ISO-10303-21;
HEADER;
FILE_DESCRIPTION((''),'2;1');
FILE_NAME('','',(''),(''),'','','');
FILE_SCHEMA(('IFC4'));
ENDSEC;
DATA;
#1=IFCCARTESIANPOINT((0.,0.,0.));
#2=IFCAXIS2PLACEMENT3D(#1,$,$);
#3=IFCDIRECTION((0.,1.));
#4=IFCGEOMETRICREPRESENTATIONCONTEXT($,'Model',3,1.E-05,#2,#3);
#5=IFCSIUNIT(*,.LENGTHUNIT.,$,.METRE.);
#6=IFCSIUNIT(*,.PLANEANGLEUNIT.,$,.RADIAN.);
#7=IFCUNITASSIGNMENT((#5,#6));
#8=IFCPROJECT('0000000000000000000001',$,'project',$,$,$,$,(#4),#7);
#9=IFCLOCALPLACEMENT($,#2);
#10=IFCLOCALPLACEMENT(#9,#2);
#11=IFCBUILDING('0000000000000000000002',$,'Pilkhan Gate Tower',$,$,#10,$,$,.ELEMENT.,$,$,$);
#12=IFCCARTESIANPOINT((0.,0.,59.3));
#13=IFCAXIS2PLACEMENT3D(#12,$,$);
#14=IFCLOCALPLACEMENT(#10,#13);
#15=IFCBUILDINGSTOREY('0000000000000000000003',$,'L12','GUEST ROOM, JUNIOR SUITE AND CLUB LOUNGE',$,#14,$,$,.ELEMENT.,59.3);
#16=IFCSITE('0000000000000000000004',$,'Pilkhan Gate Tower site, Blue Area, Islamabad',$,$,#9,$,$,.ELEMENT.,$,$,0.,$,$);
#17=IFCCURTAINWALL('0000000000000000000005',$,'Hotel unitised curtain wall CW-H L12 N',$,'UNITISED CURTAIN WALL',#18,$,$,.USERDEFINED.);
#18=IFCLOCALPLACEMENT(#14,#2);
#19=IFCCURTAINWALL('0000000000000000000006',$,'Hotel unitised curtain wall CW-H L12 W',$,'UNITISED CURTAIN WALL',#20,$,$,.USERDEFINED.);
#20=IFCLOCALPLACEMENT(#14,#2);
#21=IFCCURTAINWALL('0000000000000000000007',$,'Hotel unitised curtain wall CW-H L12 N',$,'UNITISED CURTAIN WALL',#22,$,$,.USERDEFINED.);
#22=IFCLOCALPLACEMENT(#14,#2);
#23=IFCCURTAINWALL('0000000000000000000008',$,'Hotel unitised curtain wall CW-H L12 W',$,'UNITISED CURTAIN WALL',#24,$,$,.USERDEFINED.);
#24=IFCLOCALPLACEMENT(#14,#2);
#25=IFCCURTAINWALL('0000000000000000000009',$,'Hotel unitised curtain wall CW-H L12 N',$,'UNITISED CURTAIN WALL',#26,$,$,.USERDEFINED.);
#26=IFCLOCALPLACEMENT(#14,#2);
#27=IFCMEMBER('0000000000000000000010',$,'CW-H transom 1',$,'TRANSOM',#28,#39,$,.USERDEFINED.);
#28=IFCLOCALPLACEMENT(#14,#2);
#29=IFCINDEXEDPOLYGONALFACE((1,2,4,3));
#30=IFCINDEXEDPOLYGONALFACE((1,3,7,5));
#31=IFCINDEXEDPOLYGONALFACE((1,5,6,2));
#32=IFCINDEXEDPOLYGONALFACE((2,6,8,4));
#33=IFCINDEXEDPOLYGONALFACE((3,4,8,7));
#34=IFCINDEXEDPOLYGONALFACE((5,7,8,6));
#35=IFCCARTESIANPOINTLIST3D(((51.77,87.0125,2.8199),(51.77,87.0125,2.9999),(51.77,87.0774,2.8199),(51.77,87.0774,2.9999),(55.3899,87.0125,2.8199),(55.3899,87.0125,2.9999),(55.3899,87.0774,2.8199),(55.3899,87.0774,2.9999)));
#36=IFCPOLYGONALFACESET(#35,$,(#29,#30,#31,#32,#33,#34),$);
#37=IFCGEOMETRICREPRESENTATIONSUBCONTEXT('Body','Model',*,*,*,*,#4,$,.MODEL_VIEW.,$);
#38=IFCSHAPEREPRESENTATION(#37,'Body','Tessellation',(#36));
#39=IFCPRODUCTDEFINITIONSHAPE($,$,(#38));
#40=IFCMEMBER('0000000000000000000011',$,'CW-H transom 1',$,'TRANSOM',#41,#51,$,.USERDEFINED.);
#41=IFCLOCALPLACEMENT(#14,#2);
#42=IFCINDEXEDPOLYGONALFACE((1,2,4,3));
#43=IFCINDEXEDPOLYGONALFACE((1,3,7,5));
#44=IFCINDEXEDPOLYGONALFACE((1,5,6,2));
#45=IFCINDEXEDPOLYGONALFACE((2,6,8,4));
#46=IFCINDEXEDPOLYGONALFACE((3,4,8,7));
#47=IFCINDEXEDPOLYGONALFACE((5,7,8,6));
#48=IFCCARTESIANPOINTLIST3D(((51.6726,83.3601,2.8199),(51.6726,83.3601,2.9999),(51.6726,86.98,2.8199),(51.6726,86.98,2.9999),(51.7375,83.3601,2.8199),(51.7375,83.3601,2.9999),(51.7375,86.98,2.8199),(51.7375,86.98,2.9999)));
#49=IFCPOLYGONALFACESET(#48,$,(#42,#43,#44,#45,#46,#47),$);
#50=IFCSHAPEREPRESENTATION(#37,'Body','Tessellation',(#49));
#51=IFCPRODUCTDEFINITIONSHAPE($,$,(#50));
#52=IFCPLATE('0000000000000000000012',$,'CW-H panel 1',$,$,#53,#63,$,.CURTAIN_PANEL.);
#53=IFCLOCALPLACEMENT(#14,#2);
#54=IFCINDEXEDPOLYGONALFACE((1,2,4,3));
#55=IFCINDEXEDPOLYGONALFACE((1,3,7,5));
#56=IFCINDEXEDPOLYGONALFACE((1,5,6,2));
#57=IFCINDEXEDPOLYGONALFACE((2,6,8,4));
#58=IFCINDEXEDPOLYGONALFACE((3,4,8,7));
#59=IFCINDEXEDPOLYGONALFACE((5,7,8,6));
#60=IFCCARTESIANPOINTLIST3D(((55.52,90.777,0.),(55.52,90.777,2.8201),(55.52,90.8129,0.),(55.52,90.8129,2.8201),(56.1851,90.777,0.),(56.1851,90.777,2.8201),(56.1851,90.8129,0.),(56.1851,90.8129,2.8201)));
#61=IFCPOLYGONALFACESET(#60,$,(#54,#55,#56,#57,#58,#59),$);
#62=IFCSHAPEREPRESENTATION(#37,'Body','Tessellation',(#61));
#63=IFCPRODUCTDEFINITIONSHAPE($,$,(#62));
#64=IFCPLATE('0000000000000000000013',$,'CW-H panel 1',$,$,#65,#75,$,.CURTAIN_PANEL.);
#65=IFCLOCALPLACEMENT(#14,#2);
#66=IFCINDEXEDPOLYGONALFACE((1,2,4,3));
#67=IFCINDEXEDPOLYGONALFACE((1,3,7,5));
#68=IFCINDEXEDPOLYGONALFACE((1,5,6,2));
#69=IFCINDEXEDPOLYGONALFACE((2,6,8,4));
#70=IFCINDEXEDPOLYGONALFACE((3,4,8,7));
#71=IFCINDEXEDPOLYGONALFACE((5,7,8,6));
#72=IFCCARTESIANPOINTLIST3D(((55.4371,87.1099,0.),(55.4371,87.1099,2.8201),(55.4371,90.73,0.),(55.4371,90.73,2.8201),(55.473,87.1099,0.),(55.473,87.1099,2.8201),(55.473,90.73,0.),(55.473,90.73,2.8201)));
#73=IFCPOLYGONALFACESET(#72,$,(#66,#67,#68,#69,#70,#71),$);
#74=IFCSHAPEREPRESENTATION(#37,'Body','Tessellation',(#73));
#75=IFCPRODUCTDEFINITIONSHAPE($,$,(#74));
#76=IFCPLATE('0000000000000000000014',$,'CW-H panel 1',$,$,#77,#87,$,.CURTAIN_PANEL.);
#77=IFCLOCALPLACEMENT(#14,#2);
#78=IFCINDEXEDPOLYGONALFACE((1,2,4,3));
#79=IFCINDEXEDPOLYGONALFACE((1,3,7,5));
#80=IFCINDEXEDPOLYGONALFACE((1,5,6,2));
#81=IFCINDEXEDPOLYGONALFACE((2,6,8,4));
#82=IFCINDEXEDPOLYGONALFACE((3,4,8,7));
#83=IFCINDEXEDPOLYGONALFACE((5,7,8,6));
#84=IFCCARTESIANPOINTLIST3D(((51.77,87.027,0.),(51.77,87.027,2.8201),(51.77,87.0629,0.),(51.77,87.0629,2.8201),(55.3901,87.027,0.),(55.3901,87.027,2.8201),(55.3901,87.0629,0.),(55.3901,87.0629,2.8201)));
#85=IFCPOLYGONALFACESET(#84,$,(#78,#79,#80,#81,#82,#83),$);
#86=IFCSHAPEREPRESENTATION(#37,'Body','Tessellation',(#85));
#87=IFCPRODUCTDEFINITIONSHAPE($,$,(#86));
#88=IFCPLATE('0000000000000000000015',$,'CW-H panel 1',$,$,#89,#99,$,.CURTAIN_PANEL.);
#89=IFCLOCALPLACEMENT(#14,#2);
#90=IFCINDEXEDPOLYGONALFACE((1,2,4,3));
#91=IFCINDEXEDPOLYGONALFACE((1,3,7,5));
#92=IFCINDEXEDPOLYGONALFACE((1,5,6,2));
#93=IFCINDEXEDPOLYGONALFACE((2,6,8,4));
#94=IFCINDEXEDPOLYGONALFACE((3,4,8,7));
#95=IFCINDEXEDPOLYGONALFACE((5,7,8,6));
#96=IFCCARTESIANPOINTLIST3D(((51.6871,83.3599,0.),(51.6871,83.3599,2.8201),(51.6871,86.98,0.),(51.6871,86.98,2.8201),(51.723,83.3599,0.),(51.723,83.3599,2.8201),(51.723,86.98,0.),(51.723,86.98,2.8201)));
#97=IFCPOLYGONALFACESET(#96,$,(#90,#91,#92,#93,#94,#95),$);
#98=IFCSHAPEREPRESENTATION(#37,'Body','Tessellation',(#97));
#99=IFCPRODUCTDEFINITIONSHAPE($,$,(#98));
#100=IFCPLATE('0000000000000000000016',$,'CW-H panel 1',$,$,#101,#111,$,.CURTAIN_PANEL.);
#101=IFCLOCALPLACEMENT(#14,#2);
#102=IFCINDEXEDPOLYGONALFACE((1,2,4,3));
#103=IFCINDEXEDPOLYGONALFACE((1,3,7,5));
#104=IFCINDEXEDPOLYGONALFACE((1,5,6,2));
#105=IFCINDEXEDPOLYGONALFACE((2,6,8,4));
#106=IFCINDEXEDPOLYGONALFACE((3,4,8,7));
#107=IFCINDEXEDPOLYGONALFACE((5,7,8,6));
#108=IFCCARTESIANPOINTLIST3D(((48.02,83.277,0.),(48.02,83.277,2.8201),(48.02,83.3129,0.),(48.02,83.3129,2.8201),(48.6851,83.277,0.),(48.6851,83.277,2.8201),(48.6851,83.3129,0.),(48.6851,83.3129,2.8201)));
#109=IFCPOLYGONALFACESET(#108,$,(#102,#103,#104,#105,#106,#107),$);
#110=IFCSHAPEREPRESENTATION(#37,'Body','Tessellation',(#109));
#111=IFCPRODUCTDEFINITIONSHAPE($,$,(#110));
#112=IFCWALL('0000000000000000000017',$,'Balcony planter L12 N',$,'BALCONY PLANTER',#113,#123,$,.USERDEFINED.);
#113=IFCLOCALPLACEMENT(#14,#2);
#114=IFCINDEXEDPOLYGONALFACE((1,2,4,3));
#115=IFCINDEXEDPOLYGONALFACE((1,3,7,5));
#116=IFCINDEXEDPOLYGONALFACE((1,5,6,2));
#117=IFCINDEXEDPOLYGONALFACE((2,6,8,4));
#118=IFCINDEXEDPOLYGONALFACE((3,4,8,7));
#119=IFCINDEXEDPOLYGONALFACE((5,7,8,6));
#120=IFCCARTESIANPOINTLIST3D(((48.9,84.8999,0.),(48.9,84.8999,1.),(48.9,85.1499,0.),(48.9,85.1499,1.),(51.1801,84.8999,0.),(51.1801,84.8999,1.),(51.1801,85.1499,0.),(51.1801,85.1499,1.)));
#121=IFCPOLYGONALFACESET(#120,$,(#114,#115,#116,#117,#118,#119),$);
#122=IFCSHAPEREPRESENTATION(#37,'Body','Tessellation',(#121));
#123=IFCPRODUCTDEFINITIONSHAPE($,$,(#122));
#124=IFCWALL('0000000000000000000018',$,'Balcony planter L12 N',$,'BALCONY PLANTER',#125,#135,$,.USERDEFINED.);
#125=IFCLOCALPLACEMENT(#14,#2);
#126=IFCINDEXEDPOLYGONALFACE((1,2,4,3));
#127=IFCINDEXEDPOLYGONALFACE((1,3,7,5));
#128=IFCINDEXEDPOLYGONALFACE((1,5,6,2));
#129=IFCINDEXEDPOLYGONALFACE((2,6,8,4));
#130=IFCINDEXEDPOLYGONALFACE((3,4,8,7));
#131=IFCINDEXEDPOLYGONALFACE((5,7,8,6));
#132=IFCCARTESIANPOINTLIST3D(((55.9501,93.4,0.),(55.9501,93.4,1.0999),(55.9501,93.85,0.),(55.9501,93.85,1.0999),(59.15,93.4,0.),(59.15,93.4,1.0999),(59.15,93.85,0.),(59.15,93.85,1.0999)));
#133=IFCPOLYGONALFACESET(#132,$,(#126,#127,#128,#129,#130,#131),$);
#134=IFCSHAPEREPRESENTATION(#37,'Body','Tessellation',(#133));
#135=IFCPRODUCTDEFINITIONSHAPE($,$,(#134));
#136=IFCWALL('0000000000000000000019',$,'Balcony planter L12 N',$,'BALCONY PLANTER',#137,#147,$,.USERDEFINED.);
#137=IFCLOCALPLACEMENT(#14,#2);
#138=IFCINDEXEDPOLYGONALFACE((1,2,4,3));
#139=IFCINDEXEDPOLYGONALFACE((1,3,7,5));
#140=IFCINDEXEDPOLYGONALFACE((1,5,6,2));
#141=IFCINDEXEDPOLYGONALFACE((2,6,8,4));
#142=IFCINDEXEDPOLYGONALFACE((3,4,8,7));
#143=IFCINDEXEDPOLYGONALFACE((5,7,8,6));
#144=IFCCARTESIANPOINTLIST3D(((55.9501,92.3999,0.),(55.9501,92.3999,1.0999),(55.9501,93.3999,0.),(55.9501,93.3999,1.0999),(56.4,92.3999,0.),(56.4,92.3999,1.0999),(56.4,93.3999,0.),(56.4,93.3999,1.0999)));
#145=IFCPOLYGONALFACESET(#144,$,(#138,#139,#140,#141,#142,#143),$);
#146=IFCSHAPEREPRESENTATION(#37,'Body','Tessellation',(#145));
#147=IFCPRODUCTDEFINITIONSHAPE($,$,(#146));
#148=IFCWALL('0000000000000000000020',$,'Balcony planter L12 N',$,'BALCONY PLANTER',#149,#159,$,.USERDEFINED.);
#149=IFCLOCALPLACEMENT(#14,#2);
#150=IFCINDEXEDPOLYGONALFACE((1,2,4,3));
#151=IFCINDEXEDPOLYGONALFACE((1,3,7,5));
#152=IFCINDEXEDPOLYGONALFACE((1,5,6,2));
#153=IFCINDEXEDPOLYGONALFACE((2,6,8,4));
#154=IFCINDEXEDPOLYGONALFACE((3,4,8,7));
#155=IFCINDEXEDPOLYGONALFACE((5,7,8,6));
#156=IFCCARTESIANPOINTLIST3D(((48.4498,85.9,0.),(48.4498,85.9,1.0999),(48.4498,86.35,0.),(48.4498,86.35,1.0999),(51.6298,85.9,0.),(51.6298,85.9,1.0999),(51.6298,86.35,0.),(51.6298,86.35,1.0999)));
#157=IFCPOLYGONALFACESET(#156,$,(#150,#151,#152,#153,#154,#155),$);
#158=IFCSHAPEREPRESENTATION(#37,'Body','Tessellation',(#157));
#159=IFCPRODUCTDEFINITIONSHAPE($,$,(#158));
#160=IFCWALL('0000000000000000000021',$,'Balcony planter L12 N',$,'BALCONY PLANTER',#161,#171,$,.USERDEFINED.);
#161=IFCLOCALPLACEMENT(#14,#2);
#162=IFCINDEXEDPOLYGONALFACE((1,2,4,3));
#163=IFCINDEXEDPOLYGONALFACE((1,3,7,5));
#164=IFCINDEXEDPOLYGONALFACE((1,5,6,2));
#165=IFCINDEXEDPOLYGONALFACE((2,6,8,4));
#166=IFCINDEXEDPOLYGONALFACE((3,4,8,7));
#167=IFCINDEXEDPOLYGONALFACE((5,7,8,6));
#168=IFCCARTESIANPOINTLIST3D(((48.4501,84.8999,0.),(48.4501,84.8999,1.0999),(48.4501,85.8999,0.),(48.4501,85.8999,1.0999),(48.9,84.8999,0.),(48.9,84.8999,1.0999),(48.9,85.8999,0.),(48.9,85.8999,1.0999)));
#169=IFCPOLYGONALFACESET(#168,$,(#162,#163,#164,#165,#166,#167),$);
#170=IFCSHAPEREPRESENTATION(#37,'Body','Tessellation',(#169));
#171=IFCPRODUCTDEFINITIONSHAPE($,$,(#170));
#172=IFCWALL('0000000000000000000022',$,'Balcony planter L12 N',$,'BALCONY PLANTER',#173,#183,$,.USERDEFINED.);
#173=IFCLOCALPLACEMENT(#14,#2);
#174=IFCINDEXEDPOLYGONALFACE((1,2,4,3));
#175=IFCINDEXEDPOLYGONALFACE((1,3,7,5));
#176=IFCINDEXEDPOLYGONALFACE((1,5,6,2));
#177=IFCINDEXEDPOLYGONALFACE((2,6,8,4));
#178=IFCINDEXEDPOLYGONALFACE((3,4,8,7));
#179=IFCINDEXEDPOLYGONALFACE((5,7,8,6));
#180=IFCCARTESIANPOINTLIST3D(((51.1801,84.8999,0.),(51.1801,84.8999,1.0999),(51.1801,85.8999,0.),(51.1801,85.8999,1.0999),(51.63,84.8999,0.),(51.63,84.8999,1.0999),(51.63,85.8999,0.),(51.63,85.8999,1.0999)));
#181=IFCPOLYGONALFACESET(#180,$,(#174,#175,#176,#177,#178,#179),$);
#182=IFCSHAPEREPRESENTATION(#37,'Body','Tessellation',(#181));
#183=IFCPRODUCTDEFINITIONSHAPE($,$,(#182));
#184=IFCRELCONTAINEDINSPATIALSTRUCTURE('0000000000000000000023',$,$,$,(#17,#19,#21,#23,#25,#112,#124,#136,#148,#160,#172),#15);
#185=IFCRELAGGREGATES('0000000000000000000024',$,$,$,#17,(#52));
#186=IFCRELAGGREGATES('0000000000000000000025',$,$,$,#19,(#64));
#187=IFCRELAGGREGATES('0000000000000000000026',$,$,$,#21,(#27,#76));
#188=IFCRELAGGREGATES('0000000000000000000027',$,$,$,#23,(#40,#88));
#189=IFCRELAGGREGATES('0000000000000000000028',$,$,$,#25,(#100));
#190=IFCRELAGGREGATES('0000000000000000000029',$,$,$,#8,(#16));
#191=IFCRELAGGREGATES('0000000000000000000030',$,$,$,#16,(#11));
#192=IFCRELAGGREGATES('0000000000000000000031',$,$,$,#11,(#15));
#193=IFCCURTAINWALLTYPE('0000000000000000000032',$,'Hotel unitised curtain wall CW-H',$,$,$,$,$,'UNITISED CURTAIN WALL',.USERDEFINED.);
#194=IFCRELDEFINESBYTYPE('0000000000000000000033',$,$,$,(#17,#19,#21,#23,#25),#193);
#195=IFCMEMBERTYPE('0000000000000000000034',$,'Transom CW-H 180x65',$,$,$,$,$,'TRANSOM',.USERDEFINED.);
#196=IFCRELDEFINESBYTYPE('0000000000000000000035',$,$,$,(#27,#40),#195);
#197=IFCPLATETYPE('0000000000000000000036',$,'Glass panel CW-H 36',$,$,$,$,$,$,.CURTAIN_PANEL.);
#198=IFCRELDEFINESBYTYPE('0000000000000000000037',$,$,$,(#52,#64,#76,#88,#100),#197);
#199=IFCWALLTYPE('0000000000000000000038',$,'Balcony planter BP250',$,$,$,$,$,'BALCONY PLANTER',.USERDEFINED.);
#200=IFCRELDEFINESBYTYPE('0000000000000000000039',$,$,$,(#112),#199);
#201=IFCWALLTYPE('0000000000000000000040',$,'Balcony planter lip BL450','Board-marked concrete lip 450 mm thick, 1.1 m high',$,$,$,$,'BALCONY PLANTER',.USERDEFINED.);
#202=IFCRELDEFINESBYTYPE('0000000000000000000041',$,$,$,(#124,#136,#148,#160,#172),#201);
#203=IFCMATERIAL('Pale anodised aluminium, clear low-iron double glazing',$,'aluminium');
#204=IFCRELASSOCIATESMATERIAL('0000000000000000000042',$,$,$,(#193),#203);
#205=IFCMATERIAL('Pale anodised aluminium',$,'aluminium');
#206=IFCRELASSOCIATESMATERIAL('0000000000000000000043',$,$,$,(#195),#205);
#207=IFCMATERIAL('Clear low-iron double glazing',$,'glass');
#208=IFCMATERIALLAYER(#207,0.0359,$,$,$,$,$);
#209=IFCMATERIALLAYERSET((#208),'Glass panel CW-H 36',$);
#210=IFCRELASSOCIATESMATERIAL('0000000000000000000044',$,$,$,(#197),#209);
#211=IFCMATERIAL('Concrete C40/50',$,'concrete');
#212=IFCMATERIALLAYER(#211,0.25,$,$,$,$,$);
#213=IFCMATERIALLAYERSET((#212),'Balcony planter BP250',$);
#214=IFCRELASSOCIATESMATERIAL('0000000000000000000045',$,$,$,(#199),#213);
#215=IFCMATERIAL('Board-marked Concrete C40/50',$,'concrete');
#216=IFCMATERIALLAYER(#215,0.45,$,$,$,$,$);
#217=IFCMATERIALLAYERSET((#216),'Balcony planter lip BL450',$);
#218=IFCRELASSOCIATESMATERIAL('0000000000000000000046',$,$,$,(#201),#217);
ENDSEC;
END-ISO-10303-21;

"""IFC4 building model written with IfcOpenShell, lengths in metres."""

from ifc_helpers import new_model, si_unit, direction, frame, frame_2d, origin, origin_2d, place, context, subcontext, project, spatial, rectangle, extrude, material, layer, layer_set, material_profile, profile_set, type_object, element, aggregate, save


model = new_model("IFC4")

# Units and contexts
model_context = context("Model", 3, precision=1e-05, world=origin(), true_north=direction((0.0, 1.0)))
body_context = subcontext(model_context, "Body", "Model", "MODEL_VIEW")
ifc_project = project(units=[si_unit("LENGTHUNIT", "METRE"), si_unit("PLANEANGLEUNIT", "RADIAN")], contexts=[model_context])

# Site, building, storey
site_placement = place(None, origin())
site = spatial("IfcSite", under=ifc_project, at=site_placement, Name="Pilkhan Gate Tower site, Blue Area, Islamabad", CompositionType="ELEMENT", RefElevation=0.0)
building_placement = place(site_placement, origin())
building = spatial("IfcBuilding", under=site, at=building_placement, Name="Pilkhan Gate Tower", CompositionType="ELEMENT")
storey_placement = place(building_placement, frame((0.0, 0.0, 59.3)))
storey = spatial("IfcBuildingStorey", under=building, at=storey_placement, Name="L12", Description="GUEST ROOM, JUNIOR SUITE AND CLUB LOUNGE", CompositionType="ELEMENT", Elevation=59.3)

# Curtain walls
ifc_material_1 = material(Name="Pale anodised aluminium, clear low-iron double glazing", Category="aluminium")
curtain_wall_type = type_object("IfcCurtainWallType", Name="Hotel unitised curtain wall CW-H", ElementType="UNITISED CURTAIN WALL", PredefinedType="USERDEFINED", material=ifc_material_1)
curtain_wall_1_placement = place(storey_placement, origin())
curtain_wall_1 = element("IfcCurtainWall", 1, at=curtain_wall_1_placement, inside=storey, type_object=curtain_wall_type, Name="Hotel unitised curtain wall CW-H L12 N", ObjectType="UNITISED CURTAIN WALL", PredefinedType="USERDEFINED")
ifc_material_2 = material(Name="Pale anodised aluminium", Category="aluminium")
curtain_wall_2_placement = place(storey_placement, origin())
curtain_wall_2 = element("IfcCurtainWall", 2, at=curtain_wall_2_placement, inside=storey, type_object=curtain_wall_type, Name="Hotel unitised curtain wall CW-H L12 W", ObjectType="UNITISED CURTAIN WALL", PredefinedType="USERDEFINED")
curtain_wall_3_placement = place(storey_placement, origin())
curtain_wall_3 = element("IfcCurtainWall", 3, at=curtain_wall_3_placement, inside=storey, type_object=curtain_wall_type, Name="Hotel unitised curtain wall CW-H L12 N", ObjectType="UNITISED CURTAIN WALL", PredefinedType="USERDEFINED")
curtain_wall_4_placement = place(storey_placement, origin())
curtain_wall_4 = element("IfcCurtainWall", 4, at=curtain_wall_4_placement, inside=storey, type_object=curtain_wall_type, Name="Hotel unitised curtain wall CW-H L12 W", ObjectType="UNITISED CURTAIN WALL", PredefinedType="USERDEFINED")

# Curtain wall
curtain_wall_5_placement = place(storey_placement, origin())
curtain_wall_5 = element("IfcCurtainWall", 5, at=curtain_wall_5_placement, inside=storey, type_object=curtain_wall_type, Name="Hotel unitised curtain wall CW-H L12 N", ObjectType="UNITISED CURTAIN WALL", PredefinedType="USERDEFINED")

# Members
ifc_material_profile_1 = material_profile(ifc_material_2, rectangle(XDim=0.0649, YDim=0.1799, at=origin_2d()), Name="Transom 180x65")
ifc_profile_set_1 = profile_set([ifc_material_profile_1], Name="Pale anodised aluminium")
member_type_1 = type_object("IfcMemberType", Name="Transom CW-H 180x65", ElementType="TRANSOM", PredefinedType="USERDEFINED", material=ifc_profile_set_1)
member_1_placement = place(storey_placement, frame((51.77, 87.0449, 2.9099), z_axis=(1.0, 0.0, 0.0), x_axis=(0.0, 1.0, 0.0)))
member_1 = element("IfcMember", 6, at=member_1_placement, type_object=member_type_1, Name="CW-H transom 1", ObjectType="TRANSOM", PredefinedType="USERDEFINED", context=body_context, shape_type="SweptSolid", body=[
    extrude(rectangle(XDim=0.0649, YDim=0.1799, at=origin_2d()), origin(), (0.0, 0.0, 1.0), 3.6199),
])
member_2_placement = place(storey_placement, frame((51.7051, 83.3601, 2.9099), z_axis=(0.0, 1.0, 0.0), x_axis=(-1.0, 0.0, 0.0)))
member_2 = element("IfcMember", 7, at=member_2_placement, type_object=member_type_1, Name="CW-H transom 1", ObjectType="TRANSOM", PredefinedType="USERDEFINED", context=body_context, shape_type="SweptSolid", body=[
    extrude(rectangle(XDim=0.0649, YDim=0.1799, at=origin_2d()), origin(), (0.0, 0.0, 1.0), 3.6199),
])

# Plates
ifc_material_3 = material(Name="Clear low-iron double glazing", Category="glass")
ifc_layer_1 = layer(ifc_material_3, 0.0359)
ifc_layer_set_1 = layer_set([ifc_layer_1], Name="Glass panel CW-H 36")
plate_type = type_object("IfcPlateType", Name="Glass panel CW-H 36", PredefinedType="CURTAIN_PANEL", material=ifc_layer_set_1)
plate_1_placement = place(storey_placement, frame((55.8525, 90.7949, 0.0), z_axis=(0.0, 0.0, 1.0), x_axis=(1.0, 0.0, 0.0)))
plate_1 = element("IfcPlate", 8, at=plate_1_placement, type_object=plate_type, Name="CW-H panel 1", PredefinedType="CURTAIN_PANEL", context=body_context, shape_type="SweptSolid", body=[
    extrude(rectangle(XDim=0.665, YDim=0.0359, at=origin_2d()), origin(), (0.0, 0.0, 1.0), 2.8201),
])
aggregate(curtain_wall_1, [plate_1])
plate_2_placement = place(storey_placement, frame((55.4551, 88.9199, 0.0), z_axis=(0.0, 0.0, 1.0), x_axis=(0.0, 1.0, 0.0)))
plate_2 = element("IfcPlate", 9, at=plate_2_placement, type_object=plate_type, Name="CW-H panel 1", PredefinedType="CURTAIN_PANEL", context=body_context, shape_type="SweptSolid", body=[
    extrude(rectangle(XDim=3.6201, YDim=0.0359, at=origin_2d()), origin(), (0.0, 0.0, 1.0), 2.8201),
])
aggregate(curtain_wall_2, [plate_2])
plate_3_placement = place(storey_placement, frame((53.5801, 87.0449, 0.0), z_axis=(0.0, 0.0, 1.0), x_axis=(1.0, 0.0, 0.0)))
plate_3 = element("IfcPlate", 10, at=plate_3_placement, type_object=plate_type, Name="CW-H panel 1", PredefinedType="CURTAIN_PANEL", context=body_context, shape_type="SweptSolid", body=[
    extrude(rectangle(XDim=3.6201, YDim=0.0359, at=origin_2d()), origin(), (0.0, 0.0, 1.0), 2.8201),
])
aggregate(curtain_wall_3, [member_1, plate_3])
plate_4_placement = place(storey_placement, frame((51.7051, 85.1699, 0.0), z_axis=(0.0, 0.0, 1.0), x_axis=(0.0, 1.0, 0.0)))
plate_4 = element("IfcPlate", 11, at=plate_4_placement, type_object=plate_type, Name="CW-H panel 1", PredefinedType="CURTAIN_PANEL", context=body_context, shape_type="SweptSolid", body=[
    extrude(rectangle(XDim=3.6201, YDim=0.0359, at=origin_2d()), origin(), (0.0, 0.0, 1.0), 2.8201),
])
aggregate(curtain_wall_4, [member_2, plate_4])
plate_5_placement = place(storey_placement, frame((48.3525, 83.2949, 0.0), z_axis=(0.0, 0.0, 1.0), x_axis=(1.0, 0.0, 0.0)))
plate_5 = element("IfcPlate", 12, at=plate_5_placement, type_object=plate_type, Name="CW-H panel 1", PredefinedType="CURTAIN_PANEL", context=body_context, shape_type="SweptSolid", body=[
    extrude(rectangle(XDim=0.665, YDim=0.0359, at=origin_2d()), origin(), (0.0, 0.0, 1.0), 2.8201),
])
aggregate(curtain_wall_5, [plate_5])

# Walls
ifc_material_4 = material(Name="Concrete C40/50", Category="concrete")
ifc_layer_2 = layer(ifc_material_4, 0.25)
ifc_layer_set_2 = layer_set([ifc_layer_2], Name="Balcony planter BP250")
wall_type_1 = type_object("IfcWallType", Name="Balcony planter BP250", ElementType="BALCONY PLANTER", PredefinedType="USERDEFINED", material=ifc_layer_set_2)
wall_1_placement = place(storey_placement, frame((48.8999, 85.0249, 0.0), z_axis=(0.0, 0.0, 1.0), x_axis=(1.0, 0.0, 0.0)))
element("IfcWall", 13, at=wall_1_placement, inside=storey, type_object=wall_type_1, Name="Balcony planter L12 N", ObjectType="BALCONY PLANTER", PredefinedType="USERDEFINED", context=body_context, shape_type="SweptSolid", body=[
    extrude(rectangle(XDim=2.28, YDim=0.25, at=frame_2d((1.1401, 0.0))), origin(), (0.0, 0.0, 1.0), 1.0),
])
ifc_material_5 = material(Name="Board-marked Concrete C40/50", Category="concrete")
ifc_layer_3 = layer(ifc_material_5, 0.45)
ifc_layer_set_3 = layer_set([ifc_layer_3], Name="Balcony planter lip BL450")
wall_type_2 = type_object("IfcWallType", Name="Balcony planter lip BL450", Description="Board-marked concrete lip 450 mm thick, 1.1 m high", ElementType="BALCONY PLANTER", PredefinedType="USERDEFINED", material=ifc_layer_set_3)
wall_2_placement = place(storey_placement, frame((55.95, 93.625, 0.0), z_axis=(0.0, 0.0, 1.0), x_axis=(1.0, 0.0, 0.0)))
element("IfcWall", 14, at=wall_2_placement, inside=storey, type_object=wall_type_2, Name="Balcony planter L12 N", ObjectType="BALCONY PLANTER", PredefinedType="USERDEFINED", context=body_context, shape_type="SweptSolid", body=[
    extrude(rectangle(XDim=3.2, YDim=0.45, at=frame_2d((1.6001, 0.0))), origin(), (0.0, 0.0, 1.0), 1.0999),
])
wall_3_placement = place(storey_placement, frame((56.175, 92.3999, 0.0), z_axis=(0.0, 0.0, 1.0), x_axis=(0.0, 1.0, 0.0)))
element("IfcWall", 15, at=wall_3_placement, inside=storey, type_object=wall_type_2, Name="Balcony planter L12 N", ObjectType="BALCONY PLANTER", PredefinedType="USERDEFINED", context=body_context, shape_type="SweptSolid", body=[
    extrude(rectangle(XDim=1.0, YDim=0.45, at=frame_2d((0.5, 0.0))), origin(), (0.0, 0.0, 1.0), 1.0999),
])
wall_4_placement = place(storey_placement, frame((48.45, 86.125, 0.0), z_axis=(0.0, 0.0, 1.0), x_axis=(1.0, 0.0, 0.0)))
element("IfcWall", 16, at=wall_4_placement, inside=storey, type_object=wall_type_2, Name="Balcony planter L12 N", ObjectType="BALCONY PLANTER", PredefinedType="USERDEFINED", context=body_context, shape_type="SweptSolid", body=[
    extrude(rectangle(XDim=3.1799, YDim=0.45, at=frame_2d((1.5898, 0.0))), origin(), (0.0, 0.0, 1.0), 1.0999),
])
for number, where, z_axis, x_axis, name in (
    (17, (48.675, 84.8999, 0.0), (0.0, 0.0, 1.0), (0.0, 1.0, 0.0), "Balcony planter L12 N"),
    (18, (51.405, 84.8999, 0.0), (0.0, 0.0, 1.0), (0.0, 1.0, 0.0), "Balcony planter L12 N"),
):
    element("IfcWall", number, at=place(storey_placement, frame(where, z_axis=z_axis, x_axis=x_axis)), inside=storey, type_object=wall_type_2, Name=name, ObjectType="BALCONY PLANTER", PredefinedType="USERDEFINED", context=body_context, shape_type="SweptSolid", body=[
        extrude(rectangle(XDim=1.0, YDim=0.45, at=frame_2d((0.5, 0.0))), origin(), (0.0, 0.0, 1.0), 1.0999),
    ])

save(model, "model.ifc")
